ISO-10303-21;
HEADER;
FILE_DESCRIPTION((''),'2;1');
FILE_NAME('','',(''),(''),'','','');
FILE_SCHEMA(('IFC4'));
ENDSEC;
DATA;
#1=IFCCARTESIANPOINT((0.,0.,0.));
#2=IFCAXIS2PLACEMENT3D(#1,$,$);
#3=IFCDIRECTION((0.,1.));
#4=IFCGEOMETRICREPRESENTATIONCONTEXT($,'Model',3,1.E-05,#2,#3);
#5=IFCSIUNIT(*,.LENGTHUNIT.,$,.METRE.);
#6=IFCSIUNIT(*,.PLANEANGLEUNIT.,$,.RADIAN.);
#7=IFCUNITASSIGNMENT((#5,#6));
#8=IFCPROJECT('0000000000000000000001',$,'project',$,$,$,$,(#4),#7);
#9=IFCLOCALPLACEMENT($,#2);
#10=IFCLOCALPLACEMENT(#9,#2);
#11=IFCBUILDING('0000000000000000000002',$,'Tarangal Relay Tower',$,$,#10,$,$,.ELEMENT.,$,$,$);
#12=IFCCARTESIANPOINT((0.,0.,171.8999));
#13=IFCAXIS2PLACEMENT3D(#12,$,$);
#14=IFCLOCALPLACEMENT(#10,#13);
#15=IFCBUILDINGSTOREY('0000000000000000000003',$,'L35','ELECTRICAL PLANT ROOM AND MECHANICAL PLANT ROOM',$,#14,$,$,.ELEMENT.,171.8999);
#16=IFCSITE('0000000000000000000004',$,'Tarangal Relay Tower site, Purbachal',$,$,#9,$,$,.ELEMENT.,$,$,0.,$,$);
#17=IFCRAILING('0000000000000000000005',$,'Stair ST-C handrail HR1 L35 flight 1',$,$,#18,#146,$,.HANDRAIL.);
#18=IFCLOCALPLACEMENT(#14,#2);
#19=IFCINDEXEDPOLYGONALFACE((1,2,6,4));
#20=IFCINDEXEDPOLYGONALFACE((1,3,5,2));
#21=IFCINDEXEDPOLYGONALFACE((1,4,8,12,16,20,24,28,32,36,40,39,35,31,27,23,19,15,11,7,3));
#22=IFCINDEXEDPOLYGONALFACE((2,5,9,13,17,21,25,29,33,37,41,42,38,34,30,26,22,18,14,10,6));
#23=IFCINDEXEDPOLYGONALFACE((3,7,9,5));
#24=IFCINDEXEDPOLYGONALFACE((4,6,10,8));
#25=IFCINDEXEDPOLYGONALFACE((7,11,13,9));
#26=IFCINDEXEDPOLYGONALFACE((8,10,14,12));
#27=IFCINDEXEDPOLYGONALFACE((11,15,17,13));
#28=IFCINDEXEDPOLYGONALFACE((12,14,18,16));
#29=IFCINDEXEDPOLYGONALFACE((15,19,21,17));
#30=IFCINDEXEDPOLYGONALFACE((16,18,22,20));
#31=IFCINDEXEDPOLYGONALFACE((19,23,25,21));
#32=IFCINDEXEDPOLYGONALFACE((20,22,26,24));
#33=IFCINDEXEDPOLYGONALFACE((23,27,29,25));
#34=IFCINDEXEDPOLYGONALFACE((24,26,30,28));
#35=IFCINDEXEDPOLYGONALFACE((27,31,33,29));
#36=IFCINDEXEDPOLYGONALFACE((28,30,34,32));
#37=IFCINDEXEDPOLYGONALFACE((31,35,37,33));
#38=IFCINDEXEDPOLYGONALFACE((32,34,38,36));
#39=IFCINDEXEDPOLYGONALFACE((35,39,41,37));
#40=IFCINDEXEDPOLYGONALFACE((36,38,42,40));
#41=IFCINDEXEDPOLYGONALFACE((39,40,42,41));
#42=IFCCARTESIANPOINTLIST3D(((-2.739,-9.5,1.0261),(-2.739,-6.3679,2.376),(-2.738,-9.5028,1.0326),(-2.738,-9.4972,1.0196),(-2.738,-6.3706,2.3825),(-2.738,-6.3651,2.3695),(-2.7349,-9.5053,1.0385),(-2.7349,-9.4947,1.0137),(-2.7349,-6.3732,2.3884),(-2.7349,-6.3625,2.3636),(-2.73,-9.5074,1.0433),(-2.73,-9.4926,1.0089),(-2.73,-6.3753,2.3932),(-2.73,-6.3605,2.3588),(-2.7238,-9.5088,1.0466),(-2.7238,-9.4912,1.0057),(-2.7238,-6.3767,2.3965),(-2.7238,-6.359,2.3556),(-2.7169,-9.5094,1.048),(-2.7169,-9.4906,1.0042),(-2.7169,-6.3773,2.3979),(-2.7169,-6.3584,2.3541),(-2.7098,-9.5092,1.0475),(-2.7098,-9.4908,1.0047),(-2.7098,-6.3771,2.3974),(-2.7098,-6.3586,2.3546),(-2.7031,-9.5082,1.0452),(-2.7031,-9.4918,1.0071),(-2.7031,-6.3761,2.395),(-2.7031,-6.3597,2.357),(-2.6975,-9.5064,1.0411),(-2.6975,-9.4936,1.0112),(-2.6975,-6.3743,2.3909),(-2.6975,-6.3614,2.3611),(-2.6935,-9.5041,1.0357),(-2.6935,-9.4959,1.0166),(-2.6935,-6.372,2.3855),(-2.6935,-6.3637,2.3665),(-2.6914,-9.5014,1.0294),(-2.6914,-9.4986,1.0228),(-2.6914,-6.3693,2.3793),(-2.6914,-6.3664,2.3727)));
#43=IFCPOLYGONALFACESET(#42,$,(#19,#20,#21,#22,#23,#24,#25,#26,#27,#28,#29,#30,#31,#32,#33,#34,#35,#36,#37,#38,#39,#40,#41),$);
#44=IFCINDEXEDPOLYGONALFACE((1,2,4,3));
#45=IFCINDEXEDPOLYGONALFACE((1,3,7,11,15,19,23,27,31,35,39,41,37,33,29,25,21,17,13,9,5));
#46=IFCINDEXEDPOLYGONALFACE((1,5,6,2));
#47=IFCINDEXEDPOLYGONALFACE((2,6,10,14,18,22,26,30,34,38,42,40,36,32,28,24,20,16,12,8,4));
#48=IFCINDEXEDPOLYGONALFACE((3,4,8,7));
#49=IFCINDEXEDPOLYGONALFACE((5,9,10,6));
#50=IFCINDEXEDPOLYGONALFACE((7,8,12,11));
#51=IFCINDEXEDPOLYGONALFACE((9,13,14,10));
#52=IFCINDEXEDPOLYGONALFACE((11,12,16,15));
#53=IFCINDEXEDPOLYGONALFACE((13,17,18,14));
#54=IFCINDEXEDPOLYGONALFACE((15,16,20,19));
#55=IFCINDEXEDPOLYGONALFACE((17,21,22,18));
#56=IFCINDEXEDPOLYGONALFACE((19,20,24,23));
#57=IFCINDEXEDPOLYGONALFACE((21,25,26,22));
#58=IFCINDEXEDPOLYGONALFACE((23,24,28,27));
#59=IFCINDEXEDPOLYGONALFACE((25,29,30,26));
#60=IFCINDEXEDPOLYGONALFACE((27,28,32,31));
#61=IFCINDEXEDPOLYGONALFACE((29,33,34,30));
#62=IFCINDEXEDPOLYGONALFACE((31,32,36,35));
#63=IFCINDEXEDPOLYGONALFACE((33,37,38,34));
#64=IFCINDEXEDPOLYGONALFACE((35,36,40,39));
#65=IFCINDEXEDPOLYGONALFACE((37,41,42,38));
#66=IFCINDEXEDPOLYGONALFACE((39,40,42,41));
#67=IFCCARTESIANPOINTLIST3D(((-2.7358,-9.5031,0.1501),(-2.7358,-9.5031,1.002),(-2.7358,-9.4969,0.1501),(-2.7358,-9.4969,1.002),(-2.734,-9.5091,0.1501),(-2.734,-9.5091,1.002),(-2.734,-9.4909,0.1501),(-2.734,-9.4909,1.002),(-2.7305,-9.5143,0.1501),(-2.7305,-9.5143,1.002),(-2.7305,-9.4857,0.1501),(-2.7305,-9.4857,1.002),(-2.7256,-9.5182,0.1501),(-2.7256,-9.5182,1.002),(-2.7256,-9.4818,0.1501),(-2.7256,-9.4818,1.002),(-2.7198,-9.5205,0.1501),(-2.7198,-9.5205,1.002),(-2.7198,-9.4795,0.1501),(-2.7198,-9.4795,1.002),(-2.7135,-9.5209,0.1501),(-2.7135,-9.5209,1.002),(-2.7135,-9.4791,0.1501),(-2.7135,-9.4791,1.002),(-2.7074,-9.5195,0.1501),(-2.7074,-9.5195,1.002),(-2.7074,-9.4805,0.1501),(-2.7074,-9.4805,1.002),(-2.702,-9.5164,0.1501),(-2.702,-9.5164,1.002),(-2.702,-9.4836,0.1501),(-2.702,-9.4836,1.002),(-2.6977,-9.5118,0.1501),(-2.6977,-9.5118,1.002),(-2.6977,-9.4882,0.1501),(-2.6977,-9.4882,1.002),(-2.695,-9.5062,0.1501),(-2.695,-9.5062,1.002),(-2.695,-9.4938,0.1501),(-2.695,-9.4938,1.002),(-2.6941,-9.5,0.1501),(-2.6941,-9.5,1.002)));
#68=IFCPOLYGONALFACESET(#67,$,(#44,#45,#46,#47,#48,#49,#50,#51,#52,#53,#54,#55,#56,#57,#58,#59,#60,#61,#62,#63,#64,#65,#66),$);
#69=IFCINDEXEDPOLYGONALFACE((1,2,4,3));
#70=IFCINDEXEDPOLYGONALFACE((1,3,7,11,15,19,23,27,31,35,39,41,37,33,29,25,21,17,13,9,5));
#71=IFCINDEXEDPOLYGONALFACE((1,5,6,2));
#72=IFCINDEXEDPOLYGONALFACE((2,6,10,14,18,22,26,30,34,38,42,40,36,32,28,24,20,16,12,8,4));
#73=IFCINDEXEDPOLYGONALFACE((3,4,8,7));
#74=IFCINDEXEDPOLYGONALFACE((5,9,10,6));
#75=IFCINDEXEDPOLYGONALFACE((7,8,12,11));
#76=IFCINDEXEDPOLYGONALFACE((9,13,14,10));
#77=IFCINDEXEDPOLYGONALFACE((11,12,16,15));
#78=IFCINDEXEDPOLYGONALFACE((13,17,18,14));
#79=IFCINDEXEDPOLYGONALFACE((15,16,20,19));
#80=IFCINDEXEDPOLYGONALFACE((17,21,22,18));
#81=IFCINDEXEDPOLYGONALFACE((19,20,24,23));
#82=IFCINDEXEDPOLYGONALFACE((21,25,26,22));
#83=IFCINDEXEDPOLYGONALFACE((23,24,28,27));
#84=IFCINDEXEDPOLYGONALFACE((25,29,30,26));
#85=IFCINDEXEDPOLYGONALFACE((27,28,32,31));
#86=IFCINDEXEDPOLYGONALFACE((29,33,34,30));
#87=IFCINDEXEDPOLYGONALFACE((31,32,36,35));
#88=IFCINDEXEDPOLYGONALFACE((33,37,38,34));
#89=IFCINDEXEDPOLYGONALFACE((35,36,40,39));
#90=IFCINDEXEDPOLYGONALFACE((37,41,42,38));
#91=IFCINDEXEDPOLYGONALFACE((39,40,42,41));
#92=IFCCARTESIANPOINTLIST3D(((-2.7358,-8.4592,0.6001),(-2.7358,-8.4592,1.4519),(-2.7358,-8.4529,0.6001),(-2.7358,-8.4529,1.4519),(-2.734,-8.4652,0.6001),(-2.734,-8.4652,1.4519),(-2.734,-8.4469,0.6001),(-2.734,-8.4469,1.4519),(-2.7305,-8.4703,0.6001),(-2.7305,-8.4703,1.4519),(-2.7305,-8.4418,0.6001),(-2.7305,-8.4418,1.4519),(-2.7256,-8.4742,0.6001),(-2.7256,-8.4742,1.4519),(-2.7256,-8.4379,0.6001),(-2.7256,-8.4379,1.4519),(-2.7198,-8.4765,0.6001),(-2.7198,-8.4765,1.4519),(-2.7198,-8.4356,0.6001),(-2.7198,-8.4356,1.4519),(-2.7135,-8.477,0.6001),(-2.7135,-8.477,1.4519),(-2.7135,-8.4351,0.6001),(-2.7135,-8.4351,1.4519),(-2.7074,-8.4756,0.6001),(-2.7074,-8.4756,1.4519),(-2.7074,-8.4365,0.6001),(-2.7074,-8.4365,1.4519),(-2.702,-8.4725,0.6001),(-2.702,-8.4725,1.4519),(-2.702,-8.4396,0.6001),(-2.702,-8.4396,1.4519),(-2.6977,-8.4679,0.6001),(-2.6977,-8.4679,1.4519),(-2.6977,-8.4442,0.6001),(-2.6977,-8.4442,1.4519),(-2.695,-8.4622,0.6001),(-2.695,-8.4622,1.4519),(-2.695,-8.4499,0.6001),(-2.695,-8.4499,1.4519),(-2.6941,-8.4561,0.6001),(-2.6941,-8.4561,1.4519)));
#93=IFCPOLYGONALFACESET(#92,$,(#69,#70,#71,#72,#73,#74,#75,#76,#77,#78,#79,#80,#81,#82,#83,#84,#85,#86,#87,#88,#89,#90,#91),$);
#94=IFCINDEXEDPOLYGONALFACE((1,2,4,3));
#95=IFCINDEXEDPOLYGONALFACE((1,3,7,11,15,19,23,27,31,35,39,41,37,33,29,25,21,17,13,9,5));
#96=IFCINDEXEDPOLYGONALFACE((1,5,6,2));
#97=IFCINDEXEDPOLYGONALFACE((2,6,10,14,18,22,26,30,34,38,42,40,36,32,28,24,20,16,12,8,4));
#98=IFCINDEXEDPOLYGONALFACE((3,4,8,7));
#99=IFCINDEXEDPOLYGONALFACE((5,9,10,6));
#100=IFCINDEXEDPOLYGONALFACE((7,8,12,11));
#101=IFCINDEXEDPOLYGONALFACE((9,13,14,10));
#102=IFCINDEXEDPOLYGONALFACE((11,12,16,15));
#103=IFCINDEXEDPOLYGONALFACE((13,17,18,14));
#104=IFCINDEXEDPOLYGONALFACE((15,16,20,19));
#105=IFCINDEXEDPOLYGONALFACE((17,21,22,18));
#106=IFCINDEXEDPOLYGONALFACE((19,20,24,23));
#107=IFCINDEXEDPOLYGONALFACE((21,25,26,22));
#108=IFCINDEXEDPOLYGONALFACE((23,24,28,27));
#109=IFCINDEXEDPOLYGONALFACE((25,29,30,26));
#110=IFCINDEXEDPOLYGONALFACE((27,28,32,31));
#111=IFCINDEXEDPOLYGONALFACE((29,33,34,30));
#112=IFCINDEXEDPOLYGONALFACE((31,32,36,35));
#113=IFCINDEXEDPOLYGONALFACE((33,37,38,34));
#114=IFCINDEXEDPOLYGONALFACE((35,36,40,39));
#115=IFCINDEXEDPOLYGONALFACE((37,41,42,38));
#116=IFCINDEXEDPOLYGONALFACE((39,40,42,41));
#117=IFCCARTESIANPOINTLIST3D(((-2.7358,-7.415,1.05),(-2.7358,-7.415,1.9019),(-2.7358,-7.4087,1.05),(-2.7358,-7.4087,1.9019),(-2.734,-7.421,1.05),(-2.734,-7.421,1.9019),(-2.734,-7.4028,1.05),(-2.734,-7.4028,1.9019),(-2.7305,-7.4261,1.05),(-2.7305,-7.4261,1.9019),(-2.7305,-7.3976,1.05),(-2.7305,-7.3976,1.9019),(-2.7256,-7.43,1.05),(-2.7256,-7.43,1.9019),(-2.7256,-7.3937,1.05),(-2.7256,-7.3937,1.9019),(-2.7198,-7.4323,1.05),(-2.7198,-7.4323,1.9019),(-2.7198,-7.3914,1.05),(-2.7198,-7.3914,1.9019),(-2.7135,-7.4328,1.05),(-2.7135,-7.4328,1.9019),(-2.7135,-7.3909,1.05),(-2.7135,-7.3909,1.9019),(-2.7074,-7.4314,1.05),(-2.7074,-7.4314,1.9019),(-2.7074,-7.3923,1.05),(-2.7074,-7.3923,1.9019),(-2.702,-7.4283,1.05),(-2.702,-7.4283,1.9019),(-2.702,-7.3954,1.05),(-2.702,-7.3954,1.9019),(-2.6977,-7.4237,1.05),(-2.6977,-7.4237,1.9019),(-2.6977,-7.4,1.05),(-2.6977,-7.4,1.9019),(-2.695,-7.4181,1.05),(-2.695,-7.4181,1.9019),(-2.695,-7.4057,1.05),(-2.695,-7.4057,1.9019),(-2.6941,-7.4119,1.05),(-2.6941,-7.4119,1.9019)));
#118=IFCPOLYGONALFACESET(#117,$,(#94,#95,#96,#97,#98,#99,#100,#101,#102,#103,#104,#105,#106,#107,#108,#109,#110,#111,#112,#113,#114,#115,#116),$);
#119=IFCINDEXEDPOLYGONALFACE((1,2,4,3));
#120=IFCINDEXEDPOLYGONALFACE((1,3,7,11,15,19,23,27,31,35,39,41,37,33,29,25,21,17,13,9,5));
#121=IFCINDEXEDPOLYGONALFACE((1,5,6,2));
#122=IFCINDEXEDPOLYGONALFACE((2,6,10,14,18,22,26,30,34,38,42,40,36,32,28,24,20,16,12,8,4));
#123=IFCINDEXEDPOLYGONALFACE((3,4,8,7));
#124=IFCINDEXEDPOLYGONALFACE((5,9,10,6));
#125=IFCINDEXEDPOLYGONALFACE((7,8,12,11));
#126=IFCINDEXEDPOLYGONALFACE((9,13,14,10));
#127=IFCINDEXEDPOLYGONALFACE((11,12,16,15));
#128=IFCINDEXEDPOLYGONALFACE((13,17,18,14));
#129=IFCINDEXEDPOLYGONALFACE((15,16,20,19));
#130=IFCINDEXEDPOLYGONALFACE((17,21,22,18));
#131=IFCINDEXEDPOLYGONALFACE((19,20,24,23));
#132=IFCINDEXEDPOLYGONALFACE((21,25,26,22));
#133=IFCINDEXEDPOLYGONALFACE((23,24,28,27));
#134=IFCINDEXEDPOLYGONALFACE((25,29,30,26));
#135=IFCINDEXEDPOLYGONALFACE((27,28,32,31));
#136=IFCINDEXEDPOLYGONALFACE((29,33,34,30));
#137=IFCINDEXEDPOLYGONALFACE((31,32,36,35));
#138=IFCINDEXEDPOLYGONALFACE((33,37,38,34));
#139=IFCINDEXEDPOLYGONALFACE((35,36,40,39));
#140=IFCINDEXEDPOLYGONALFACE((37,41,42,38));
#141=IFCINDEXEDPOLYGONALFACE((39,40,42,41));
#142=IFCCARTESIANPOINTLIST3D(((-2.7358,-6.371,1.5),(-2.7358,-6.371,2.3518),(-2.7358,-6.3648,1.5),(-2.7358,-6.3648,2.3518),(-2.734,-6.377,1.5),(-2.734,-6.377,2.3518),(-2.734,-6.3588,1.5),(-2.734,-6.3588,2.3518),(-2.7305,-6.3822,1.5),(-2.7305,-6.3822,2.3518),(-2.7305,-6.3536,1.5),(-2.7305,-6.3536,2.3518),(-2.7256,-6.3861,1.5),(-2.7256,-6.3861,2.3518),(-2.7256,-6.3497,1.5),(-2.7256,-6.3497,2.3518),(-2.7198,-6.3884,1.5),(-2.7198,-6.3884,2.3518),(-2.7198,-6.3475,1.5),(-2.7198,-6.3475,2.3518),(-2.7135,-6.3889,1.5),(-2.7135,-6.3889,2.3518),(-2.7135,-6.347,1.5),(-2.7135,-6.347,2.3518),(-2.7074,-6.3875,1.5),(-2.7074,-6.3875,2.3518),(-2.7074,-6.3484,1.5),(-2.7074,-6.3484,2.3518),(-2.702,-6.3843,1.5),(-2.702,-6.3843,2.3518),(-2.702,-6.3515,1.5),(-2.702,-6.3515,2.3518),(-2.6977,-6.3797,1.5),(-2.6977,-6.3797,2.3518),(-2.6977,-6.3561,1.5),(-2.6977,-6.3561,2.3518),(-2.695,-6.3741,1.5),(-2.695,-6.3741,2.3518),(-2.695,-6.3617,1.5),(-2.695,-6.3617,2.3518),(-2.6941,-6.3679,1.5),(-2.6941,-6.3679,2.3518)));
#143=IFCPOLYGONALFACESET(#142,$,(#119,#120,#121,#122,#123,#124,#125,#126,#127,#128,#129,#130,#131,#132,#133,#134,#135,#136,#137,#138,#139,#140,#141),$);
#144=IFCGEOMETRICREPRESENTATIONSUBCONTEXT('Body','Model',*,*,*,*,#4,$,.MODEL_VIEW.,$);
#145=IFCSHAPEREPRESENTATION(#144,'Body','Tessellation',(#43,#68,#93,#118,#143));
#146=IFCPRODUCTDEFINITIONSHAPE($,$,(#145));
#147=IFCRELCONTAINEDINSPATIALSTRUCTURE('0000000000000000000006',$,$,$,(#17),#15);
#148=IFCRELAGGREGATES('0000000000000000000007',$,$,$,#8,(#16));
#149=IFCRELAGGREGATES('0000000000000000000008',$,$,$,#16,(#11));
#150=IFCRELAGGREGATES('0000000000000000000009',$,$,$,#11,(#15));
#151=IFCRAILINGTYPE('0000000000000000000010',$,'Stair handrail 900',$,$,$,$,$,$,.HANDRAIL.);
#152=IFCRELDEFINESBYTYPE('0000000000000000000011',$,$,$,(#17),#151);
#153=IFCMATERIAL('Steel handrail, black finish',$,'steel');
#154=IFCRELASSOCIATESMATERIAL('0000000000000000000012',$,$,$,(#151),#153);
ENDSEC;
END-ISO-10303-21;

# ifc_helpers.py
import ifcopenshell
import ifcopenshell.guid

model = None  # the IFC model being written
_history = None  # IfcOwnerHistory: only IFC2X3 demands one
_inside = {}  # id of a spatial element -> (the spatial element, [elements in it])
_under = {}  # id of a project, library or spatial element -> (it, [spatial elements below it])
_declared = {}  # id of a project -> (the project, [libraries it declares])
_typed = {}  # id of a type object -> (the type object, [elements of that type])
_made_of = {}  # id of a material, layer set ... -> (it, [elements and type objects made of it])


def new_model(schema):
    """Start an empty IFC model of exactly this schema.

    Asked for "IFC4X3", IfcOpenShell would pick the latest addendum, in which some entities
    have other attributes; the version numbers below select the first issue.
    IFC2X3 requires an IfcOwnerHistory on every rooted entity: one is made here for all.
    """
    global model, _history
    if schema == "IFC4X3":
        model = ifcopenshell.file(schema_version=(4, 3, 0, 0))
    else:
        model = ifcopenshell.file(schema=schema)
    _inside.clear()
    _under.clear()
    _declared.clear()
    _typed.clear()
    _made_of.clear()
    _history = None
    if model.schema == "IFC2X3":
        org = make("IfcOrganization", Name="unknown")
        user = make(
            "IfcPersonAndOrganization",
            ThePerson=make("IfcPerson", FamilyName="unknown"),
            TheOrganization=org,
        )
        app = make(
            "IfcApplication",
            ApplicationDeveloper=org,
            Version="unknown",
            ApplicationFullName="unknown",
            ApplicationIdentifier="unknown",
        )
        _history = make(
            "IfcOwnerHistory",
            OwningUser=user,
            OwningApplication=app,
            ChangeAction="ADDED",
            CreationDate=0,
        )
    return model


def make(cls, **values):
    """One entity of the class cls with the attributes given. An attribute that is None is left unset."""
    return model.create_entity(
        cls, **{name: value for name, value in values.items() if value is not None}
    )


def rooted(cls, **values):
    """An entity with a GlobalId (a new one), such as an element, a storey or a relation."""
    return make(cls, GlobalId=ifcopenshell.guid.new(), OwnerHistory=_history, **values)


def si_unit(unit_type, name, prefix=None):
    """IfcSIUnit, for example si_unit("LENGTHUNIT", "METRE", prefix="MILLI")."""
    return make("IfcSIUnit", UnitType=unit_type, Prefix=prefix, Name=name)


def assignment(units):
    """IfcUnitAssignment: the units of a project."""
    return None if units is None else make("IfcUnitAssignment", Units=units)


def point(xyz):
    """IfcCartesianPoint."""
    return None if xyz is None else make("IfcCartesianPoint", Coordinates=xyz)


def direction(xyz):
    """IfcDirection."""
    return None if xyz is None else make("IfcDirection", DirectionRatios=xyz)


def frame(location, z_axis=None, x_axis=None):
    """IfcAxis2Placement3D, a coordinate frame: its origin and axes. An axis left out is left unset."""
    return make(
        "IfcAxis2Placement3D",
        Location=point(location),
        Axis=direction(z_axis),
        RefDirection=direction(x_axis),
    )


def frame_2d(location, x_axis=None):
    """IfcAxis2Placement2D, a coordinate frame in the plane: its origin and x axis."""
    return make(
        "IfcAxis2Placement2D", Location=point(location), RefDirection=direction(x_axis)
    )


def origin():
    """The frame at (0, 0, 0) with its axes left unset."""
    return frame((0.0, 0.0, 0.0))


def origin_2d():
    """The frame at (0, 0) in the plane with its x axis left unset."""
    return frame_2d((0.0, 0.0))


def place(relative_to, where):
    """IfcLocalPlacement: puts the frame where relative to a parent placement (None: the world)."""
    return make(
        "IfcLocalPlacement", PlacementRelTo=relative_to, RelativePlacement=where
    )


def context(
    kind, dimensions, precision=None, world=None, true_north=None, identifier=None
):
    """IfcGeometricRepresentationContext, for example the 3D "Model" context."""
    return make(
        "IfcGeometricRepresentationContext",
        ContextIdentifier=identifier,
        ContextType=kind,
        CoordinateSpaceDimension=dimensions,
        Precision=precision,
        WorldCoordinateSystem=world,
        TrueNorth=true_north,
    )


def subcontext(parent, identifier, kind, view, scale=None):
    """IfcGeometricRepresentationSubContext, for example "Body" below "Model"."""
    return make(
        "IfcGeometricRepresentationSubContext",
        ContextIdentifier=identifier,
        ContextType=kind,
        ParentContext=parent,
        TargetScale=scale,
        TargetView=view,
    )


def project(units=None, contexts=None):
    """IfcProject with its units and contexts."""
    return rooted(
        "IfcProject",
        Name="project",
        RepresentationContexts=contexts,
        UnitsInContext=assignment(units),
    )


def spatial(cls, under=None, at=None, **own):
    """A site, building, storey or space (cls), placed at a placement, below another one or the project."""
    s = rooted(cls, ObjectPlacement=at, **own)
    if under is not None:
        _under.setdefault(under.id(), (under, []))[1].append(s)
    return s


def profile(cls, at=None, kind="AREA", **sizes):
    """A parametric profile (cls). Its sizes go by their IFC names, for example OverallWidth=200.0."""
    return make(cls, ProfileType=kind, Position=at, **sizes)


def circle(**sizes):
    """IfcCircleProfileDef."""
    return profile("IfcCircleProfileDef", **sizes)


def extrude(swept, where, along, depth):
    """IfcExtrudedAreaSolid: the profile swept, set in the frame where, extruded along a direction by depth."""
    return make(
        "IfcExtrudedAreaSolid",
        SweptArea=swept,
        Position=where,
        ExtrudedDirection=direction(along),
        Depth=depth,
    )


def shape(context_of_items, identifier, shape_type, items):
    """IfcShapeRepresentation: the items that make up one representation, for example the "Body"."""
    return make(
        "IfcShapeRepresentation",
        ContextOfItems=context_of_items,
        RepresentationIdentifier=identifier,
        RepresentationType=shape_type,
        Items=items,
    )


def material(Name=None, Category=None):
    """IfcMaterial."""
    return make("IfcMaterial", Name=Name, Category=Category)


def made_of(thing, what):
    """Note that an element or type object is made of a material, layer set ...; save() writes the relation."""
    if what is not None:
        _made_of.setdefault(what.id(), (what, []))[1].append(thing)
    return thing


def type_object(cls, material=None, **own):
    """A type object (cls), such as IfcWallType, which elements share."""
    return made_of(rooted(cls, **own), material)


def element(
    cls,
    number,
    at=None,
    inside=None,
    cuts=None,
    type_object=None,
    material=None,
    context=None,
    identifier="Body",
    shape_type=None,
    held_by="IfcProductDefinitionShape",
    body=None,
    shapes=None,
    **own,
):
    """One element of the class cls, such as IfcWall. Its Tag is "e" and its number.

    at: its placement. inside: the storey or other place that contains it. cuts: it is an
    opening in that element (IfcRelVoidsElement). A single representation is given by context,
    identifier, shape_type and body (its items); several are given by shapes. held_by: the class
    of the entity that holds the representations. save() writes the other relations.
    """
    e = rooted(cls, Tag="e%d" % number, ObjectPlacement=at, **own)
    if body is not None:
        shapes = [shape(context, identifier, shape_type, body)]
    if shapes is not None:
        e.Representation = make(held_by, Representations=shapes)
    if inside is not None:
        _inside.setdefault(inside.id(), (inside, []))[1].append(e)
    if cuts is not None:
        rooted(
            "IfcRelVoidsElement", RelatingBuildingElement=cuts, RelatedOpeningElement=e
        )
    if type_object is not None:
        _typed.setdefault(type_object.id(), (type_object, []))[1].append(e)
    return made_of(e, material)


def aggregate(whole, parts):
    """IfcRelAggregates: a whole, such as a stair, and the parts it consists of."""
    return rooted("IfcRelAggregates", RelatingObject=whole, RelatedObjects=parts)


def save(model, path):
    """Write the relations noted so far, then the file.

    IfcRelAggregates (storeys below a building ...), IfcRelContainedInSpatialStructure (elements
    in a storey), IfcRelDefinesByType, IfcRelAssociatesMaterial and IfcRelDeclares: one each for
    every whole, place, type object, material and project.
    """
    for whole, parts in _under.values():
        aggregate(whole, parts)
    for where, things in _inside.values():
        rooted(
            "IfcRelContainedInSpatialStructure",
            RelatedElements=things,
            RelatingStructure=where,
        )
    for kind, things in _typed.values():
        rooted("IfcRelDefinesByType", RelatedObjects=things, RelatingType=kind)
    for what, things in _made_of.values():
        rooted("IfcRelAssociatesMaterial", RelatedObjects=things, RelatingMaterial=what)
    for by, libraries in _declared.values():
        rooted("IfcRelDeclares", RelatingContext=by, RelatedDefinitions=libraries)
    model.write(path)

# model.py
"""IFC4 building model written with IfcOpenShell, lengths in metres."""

from ifc_helpers import new_model, si_unit, direction, frame, origin, origin_2d, place, context, subcontext, project, spatial, circle, extrude, material, type_object, element, save


model = new_model("IFC4")

# Units and contexts
model_context = context("Model", 3, precision=1e-05, world=origin(), true_north=direction((0.0, 1.0)))
body_context = subcontext(model_context, "Body", "Model", "MODEL_VIEW")
ifc_project = project(units=[si_unit("LENGTHUNIT", "METRE"), si_unit("PLANEANGLEUNIT", "RADIAN")], contexts=[model_context])

# Site, building, storey
site_placement = place(None, origin())
site = spatial("IfcSite", under=ifc_project, at=site_placement, Name="Tarangal Relay Tower site, Purbachal", CompositionType="ELEMENT", RefElevation=0.0)
building_placement = place(site_placement, origin())
building = spatial("IfcBuilding", under=site, at=building_placement, Name="Tarangal Relay Tower", CompositionType="ELEMENT")
storey_placement = place(building_placement, frame((0.0, 0.0, 171.8999)))
storey = spatial("IfcBuildingStorey", under=building, at=storey_placement, Name="L35", Description="ELECTRICAL PLANT ROOM AND MECHANICAL PLANT ROOM", CompositionType="ELEMENT", Elevation=171.8999)

# Railing
ifc_material_1 = material(Name="Steel handrail, black finish", Category="steel")
railing_type_1 = type_object("IfcRailingType", Name="Stair handrail 900", PredefinedType="HANDRAIL", material=ifc_material_1)
for number, where, name in (
    (1, (-2.7151, -9.5, 0.1501), "Stair ST-C handrail HR1 L35 flight 1"),
):
    element("IfcRailing", number, at=place(storey_placement, frame(where)), inside=storey, type_object=railing_type_1, Name=name, PredefinedType="HANDRAIL", context=body_context, shape_type="SweptSolid", body=[
        extrude(circle(Radius=0.0239, at=origin_2d()), frame((0.0, 0.0, 0.876), z_axis=(0.0, 0.918343, 0.395785), x_axis=(-1.0, 0.0, 0.0)), (0.0, 0.0, 1.0), 3.4106),
        extrude(circle(Radius=0.021, at=origin_2d()), origin(), (0.0, 0.0, 1.0), 0.8518),
        extrude(circle(Radius=0.021, at=origin_2d()), frame((0.0, 1.0439, 0.45)), (0.0, 0.0, 1.0), 0.8518),
        extrude(circle(Radius=0.021, at=origin_2d()), frame((0.0, 2.0881, 0.8999)), (0.0, 0.0, 1.0), 0.8518),
        extrude(circle(Radius=0.021, at=origin_2d()), frame((0.0, 3.1321, 1.3499)), (0.0, 0.0, 1.0), 0.8518),
    ])

save(model, "model.ifc")
